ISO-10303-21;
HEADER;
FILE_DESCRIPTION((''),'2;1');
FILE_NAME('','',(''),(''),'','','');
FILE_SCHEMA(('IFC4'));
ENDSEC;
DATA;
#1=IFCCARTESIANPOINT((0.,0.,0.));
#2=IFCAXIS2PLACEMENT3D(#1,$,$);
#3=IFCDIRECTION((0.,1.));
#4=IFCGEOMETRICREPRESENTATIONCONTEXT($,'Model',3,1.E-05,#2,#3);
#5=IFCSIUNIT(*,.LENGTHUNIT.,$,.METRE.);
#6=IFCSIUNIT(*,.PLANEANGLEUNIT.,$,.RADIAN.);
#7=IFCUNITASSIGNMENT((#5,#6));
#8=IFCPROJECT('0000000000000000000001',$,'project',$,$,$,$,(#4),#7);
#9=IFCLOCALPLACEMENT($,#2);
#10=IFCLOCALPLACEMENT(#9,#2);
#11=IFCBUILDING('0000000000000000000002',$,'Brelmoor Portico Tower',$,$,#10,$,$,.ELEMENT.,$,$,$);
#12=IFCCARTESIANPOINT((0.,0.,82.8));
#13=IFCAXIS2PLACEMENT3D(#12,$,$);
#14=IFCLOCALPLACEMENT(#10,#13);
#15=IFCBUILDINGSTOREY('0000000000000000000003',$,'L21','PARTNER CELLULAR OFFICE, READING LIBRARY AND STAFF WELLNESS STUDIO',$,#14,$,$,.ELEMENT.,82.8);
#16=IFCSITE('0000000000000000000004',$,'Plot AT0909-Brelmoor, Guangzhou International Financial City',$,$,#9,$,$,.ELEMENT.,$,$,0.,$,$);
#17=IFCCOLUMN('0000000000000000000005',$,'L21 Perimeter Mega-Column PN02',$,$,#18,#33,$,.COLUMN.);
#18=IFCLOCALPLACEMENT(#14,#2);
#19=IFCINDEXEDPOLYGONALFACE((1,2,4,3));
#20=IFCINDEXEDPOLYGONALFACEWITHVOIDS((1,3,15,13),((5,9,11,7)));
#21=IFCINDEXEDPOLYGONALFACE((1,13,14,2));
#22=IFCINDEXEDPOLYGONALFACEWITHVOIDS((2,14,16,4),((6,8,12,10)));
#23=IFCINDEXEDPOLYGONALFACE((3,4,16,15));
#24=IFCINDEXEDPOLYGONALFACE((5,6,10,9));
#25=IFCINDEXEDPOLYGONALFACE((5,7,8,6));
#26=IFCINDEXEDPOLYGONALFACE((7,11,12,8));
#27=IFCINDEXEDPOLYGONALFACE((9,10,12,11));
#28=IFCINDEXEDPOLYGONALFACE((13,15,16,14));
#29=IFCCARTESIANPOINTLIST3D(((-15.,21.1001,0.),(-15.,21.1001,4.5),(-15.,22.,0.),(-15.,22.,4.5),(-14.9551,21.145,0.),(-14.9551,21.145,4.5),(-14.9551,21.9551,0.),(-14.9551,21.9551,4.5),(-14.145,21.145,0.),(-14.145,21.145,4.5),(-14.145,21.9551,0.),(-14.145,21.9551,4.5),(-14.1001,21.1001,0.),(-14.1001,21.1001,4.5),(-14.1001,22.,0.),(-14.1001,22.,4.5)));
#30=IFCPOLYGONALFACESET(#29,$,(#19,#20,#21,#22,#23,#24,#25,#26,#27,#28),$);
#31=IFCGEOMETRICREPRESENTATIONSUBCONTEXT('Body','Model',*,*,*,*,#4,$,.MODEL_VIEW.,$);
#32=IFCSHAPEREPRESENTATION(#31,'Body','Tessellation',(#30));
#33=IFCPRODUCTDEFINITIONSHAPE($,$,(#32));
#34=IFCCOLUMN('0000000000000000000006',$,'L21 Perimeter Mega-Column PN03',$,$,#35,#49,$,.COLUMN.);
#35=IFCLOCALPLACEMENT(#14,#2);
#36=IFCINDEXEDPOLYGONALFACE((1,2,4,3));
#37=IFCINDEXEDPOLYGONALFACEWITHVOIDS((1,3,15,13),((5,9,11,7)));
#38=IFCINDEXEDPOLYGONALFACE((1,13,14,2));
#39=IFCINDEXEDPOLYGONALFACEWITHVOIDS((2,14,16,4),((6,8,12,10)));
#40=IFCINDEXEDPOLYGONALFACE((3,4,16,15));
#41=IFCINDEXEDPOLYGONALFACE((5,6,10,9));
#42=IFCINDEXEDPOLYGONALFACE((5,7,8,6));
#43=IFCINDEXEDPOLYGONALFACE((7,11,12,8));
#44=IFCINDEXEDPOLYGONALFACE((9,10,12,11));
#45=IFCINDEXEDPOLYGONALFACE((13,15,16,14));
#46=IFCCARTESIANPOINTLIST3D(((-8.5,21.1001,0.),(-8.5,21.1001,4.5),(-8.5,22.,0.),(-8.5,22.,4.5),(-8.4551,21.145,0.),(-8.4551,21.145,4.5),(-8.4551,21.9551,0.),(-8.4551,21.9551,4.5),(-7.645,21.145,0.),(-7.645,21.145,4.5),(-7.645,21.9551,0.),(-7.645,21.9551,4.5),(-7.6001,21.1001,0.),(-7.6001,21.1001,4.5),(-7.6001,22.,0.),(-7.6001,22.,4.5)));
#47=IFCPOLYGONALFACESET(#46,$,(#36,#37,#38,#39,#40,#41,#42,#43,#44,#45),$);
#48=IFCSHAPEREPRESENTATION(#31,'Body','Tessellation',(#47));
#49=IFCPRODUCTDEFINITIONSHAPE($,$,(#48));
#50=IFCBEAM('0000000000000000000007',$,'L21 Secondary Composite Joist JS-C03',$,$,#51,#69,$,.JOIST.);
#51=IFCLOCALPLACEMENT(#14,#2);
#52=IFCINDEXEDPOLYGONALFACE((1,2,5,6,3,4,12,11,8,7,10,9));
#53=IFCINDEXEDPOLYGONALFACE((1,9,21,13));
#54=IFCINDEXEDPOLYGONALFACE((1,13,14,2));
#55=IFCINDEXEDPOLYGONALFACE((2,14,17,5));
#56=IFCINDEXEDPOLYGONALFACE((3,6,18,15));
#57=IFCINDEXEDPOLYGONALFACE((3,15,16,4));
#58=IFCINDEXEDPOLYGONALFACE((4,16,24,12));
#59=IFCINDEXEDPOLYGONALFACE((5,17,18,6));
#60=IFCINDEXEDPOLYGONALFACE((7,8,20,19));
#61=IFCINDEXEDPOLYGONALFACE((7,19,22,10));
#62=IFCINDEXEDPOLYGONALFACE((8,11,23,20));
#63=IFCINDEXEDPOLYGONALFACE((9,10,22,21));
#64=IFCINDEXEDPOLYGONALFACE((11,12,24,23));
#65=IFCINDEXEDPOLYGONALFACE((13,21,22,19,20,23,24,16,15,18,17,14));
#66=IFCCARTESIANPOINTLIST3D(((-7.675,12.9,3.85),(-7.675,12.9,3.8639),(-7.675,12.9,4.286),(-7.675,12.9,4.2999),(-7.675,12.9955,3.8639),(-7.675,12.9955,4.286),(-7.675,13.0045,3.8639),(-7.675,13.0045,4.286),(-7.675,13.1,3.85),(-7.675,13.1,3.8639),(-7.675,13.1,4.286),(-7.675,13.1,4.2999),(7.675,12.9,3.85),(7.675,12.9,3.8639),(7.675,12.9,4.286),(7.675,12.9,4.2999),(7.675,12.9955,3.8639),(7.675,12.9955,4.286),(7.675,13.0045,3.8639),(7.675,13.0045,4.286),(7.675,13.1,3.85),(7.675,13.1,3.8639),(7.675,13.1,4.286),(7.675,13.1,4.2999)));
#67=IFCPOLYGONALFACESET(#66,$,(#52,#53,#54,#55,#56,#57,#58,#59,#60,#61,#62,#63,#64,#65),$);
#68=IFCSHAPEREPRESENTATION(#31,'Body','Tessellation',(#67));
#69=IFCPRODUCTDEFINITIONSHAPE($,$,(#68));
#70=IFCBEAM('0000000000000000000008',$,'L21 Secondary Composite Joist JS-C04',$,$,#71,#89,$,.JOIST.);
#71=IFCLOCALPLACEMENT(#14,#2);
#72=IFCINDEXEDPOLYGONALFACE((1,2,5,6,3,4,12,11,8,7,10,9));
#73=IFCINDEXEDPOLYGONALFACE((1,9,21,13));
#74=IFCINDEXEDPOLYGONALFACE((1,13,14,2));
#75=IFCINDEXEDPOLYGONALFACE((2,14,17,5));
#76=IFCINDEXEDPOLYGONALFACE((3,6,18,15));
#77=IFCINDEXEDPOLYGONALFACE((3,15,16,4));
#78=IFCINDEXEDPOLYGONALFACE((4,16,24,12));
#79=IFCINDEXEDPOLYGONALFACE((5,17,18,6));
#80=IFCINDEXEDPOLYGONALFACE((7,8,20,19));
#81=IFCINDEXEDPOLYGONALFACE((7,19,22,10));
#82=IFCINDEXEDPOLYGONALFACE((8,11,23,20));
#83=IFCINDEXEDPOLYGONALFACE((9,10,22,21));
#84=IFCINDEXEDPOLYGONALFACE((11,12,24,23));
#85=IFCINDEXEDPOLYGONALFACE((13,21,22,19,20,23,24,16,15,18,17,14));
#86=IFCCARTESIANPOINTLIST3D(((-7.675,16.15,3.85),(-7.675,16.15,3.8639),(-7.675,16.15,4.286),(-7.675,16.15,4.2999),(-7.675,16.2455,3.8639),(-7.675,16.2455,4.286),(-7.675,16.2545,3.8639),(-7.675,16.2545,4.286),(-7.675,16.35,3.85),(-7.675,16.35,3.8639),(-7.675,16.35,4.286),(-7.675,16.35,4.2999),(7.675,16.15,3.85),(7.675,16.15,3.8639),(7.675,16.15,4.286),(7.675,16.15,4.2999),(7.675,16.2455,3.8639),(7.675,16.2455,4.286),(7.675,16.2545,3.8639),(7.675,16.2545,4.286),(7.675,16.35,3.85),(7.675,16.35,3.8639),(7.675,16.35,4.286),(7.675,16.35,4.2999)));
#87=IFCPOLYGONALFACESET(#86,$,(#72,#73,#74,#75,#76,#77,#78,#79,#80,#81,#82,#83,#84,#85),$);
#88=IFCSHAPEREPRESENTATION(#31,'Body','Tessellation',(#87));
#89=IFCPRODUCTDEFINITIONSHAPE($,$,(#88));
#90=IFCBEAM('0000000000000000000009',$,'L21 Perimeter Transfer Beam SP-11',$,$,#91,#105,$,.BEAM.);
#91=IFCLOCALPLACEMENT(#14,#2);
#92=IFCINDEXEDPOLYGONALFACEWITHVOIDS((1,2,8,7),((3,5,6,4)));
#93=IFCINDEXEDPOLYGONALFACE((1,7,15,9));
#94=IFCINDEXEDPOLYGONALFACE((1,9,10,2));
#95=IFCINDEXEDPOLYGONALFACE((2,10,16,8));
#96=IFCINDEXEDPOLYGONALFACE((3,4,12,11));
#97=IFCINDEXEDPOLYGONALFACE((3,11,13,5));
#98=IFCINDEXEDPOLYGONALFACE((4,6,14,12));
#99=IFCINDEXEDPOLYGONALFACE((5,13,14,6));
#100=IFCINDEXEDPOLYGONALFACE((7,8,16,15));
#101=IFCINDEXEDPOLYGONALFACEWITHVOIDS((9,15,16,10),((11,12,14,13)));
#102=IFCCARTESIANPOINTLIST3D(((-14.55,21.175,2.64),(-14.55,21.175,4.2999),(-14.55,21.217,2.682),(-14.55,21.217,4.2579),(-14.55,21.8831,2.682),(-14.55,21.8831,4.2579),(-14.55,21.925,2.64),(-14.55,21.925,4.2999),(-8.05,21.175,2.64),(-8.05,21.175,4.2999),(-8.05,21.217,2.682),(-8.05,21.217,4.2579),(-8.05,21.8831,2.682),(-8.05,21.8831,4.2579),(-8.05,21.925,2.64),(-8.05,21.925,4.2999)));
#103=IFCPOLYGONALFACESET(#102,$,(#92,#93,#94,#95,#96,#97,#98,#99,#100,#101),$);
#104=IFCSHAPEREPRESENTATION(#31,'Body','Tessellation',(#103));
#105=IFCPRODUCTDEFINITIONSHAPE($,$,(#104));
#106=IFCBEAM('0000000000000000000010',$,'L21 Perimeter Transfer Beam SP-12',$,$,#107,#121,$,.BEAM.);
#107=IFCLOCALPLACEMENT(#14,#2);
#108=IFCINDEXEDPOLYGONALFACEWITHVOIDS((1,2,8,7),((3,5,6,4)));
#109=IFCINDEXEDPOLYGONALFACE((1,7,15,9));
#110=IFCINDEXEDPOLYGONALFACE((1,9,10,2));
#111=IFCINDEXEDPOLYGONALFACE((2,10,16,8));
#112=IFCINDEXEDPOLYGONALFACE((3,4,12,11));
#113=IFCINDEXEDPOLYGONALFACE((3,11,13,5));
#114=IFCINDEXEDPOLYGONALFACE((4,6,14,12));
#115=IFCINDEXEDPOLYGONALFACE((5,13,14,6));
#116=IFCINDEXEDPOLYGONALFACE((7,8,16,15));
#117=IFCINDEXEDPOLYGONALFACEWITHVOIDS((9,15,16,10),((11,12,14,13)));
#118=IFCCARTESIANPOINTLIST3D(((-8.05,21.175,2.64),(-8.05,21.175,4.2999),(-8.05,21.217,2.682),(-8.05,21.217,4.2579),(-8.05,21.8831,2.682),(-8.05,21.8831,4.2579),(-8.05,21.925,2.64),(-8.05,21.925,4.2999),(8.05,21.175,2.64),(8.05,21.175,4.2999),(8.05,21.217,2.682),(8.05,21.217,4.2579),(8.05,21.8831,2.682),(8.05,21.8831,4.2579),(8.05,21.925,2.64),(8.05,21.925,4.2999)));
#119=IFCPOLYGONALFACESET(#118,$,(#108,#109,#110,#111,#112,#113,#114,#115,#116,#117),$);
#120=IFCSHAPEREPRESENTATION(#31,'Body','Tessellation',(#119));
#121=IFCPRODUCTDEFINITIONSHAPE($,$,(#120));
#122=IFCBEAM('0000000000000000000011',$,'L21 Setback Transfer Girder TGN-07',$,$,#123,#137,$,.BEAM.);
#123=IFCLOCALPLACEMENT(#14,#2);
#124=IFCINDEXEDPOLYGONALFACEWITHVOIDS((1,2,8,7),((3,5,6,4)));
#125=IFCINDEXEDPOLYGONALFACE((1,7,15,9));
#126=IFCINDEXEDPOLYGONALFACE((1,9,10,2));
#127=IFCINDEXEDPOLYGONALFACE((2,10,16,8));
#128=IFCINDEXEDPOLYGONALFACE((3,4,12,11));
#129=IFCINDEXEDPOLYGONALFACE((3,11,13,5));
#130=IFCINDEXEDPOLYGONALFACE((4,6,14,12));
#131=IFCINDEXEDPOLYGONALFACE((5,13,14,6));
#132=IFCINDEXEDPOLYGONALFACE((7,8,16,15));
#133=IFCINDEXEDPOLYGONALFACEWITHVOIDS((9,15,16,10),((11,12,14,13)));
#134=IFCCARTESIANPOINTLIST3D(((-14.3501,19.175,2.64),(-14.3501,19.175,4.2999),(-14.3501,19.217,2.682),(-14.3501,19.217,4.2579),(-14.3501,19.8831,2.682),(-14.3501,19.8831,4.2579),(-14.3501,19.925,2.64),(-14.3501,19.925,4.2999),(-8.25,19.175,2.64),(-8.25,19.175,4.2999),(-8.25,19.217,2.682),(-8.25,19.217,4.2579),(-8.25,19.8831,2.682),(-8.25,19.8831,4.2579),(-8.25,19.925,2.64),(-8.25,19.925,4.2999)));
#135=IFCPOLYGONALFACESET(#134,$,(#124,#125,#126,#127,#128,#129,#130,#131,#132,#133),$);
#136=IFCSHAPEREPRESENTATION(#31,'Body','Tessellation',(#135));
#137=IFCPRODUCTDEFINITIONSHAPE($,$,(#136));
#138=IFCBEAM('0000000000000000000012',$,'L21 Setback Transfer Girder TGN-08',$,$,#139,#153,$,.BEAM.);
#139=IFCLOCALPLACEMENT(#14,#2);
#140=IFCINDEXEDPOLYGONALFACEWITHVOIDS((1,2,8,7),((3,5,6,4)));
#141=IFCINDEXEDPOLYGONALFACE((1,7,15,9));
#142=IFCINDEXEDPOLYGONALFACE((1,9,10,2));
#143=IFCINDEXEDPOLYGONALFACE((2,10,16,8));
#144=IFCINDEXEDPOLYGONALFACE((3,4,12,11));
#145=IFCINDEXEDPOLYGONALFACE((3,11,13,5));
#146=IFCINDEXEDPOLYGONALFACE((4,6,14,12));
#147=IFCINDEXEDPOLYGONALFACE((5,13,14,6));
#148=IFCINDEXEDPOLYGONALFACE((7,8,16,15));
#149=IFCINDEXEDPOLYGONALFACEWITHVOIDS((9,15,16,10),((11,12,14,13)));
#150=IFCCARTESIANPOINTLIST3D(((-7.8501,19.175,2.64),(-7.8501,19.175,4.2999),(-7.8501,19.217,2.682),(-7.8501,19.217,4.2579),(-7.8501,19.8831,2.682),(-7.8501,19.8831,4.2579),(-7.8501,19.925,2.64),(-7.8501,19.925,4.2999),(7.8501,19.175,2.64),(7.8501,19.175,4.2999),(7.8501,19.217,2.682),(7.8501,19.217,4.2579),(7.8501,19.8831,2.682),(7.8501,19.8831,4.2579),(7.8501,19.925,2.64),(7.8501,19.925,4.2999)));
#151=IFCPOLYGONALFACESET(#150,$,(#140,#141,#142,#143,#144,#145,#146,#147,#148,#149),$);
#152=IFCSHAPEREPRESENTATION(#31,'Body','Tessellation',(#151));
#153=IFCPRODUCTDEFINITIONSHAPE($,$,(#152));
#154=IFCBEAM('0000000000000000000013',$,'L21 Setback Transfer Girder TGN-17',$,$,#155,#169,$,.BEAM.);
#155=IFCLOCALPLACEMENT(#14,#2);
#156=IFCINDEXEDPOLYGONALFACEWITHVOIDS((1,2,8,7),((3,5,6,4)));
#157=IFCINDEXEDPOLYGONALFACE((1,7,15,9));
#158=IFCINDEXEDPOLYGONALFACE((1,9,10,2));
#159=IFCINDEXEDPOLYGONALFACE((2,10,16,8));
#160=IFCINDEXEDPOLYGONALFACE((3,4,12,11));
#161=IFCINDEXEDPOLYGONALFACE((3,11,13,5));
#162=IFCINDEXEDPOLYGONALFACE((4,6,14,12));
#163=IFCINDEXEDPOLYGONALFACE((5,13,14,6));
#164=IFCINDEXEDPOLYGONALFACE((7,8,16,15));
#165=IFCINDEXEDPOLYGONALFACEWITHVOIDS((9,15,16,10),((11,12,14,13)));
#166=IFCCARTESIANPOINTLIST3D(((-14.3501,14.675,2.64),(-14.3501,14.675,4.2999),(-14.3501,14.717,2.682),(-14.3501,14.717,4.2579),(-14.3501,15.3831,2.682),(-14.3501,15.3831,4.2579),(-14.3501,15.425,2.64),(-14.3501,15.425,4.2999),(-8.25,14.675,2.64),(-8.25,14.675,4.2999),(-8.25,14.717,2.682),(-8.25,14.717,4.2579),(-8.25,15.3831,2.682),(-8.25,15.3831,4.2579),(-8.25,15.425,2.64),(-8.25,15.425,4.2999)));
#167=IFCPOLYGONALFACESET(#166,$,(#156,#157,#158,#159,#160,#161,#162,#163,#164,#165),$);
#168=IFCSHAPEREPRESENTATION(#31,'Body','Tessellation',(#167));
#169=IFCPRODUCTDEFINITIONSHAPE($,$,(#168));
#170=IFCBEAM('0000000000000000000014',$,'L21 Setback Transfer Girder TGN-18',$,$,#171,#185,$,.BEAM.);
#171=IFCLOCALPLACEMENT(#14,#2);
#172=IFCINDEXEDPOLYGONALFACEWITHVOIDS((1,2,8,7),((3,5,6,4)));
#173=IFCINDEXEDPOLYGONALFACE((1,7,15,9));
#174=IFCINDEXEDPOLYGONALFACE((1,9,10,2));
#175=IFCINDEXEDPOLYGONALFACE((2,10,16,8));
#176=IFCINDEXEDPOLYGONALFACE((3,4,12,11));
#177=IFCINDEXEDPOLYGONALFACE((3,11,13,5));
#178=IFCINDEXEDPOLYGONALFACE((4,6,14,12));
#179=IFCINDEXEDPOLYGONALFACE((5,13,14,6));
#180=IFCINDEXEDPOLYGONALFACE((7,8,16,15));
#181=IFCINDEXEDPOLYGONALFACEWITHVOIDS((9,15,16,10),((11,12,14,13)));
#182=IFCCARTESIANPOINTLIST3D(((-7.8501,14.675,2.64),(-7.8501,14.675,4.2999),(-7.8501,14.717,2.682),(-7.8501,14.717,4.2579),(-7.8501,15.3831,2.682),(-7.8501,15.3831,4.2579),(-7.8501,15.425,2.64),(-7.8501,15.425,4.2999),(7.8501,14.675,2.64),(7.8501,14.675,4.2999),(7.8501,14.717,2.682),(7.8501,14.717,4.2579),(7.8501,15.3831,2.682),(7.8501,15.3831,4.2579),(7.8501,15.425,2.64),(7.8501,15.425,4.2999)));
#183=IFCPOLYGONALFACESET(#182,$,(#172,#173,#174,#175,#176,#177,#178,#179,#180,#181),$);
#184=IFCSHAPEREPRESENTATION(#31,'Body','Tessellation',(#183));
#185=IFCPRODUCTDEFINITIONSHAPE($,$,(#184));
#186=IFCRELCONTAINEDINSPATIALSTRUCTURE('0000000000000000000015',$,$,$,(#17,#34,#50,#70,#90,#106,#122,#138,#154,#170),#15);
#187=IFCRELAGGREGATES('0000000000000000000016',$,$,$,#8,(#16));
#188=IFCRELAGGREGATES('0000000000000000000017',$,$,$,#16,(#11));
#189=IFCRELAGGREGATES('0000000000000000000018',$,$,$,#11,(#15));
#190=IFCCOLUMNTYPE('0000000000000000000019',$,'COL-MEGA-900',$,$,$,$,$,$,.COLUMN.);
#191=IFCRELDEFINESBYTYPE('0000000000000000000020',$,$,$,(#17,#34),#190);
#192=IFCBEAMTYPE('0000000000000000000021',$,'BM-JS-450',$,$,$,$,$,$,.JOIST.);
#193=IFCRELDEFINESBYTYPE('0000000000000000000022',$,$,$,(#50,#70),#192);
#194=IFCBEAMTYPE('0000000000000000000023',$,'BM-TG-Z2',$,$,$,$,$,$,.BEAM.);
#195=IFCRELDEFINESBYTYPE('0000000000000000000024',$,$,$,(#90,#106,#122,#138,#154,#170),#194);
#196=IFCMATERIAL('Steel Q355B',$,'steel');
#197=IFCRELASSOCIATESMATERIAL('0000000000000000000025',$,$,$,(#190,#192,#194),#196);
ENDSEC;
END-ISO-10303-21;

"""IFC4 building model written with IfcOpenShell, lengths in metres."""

from ifc_helpers import new_model, si_unit, direction, frame, origin, origin_2d, place, context, subcontext, project, spatial, hollow_rectangle, i_section, extrude, material, material_profile, profile_set, type_object, element, save


model = new_model("IFC4")

# Units and contexts
model_context = context("Model", 3, precision=1e-05, world=origin(), true_north=direction((0.0, 1.0)))
body_context = subcontext(model_context, "Body", "Model", "MODEL_VIEW")
ifc_project = project(units=[si_unit("LENGTHUNIT", "METRE"), si_unit("PLANEANGLEUNIT", "RADIAN")], contexts=[model_context])

# Site, building, storey
site_placement = place(None, origin())
site = spatial("IfcSite", under=ifc_project, at=site_placement, Name="Plot AT0909-Brelmoor, Guangzhou International Financial City", CompositionType="ELEMENT", RefElevation=0.0)
building_placement = place(site_placement, origin())
building = spatial("IfcBuilding", under=site, at=building_placement, Name="Brelmoor Portico Tower", CompositionType="ELEMENT")
storey_placement = place(building_placement, frame((0.0, 0.0, 82.8)))
storey = spatial("IfcBuildingStorey", under=building, at=storey_placement, Name="L21", Description="PARTNER CELLULAR OFFICE, READING LIBRARY AND STAFF WELLNESS STUDIO", CompositionType="ELEMENT", Elevation=82.8)

# Columns
ifc_material_1 = material(Name="Steel Q355B", Category="steel")
ifc_material_profile_1 = material_profile(ifc_material_1, hollow_rectangle(XDim=0.8999, YDim=0.8999, WallThickness=0.0449, at=origin_2d()), Name="BOX 900x900x45")
ifc_profile_set_1 = profile_set([ifc_material_profile_1], Name="Steel Q355B")
column_type = type_object("IfcColumnType", Name="COL-MEGA-900", PredefinedType="COLUMN", material=ifc_profile_set_1)
for number, where, z_axis, x_axis, name in (
    (1, (-14.55, 21.55, 0.0), (0.0, 0.0, 1.0), (1.0, 0.0, 0.0), "L21 Perimeter Mega-Column PN02"),
    (2, (-8.05, 21.55, 0.0), (0.0, 0.0, 1.0), (1.0, 0.0, 0.0), "L21 Perimeter Mega-Column PN03"),
):
    element("IfcColumn", number, at=place(storey_placement, frame(where, z_axis=z_axis, x_axis=x_axis)), inside=storey, type_object=column_type, Name=name, PredefinedType="COLUMN", context=body_context, shape_type="SweptSolid", body=[
        extrude(hollow_rectangle(XDim=0.8999, YDim=0.8999, WallThickness=0.0449, at=origin_2d()), origin(), (0.0, 0.0, 1.0), 4.5),
    ])

# Beams
ifc_material_profile_2 = material_profile(ifc_material_1, i_section(OverallWidth=0.2, OverallDepth=0.45, WebThickness=0.009, FlangeThickness=0.0139, at=origin_2d()), Name="HN 450x200x9x14")
ifc_profile_set_2 = profile_set([ifc_material_profile_2], Name="Steel Q355B")
beam_type_1 = type_object("IfcBeamType", Name="BM-JS-450", PredefinedType="JOIST", material=ifc_profile_set_2)
for number, where, z_axis, x_axis, name in (
    (3, (-7.675, 13.0, 4.075), (1.0, 0.0, 0.0), (0.0, 1.0, 0.0), "L21 Secondary Composite Joist JS-C03"),
    (4, (-7.675, 16.25, 4.075), (1.0, 0.0, 0.0), (0.0, 1.0, 0.0), "L21 Secondary Composite Joist JS-C04"),
):
    element("IfcBeam", number, at=place(storey_placement, frame(where, z_axis=z_axis, x_axis=x_axis)), inside=storey, type_object=beam_type_1, Name=name, PredefinedType="JOIST", context=body_context, shape_type="SweptSolid", body=[
        extrude(i_section(OverallWidth=0.2, OverallDepth=0.45, WebThickness=0.009, FlangeThickness=0.0139, at=origin_2d()), origin(), (0.0, 0.0, 1.0), 15.3501),
    ])
ifc_material_profile_3 = material_profile(ifc_material_1, hollow_rectangle(XDim=0.75, YDim=1.6599, WallThickness=0.042, at=origin_2d()), Name="BOX 750x1660x42")
ifc_profile_set_3 = profile_set([ifc_material_profile_3], Name="Steel Q355B")
beam_type_2 = type_object("IfcBeamType", Name="BM-TG-Z2", PredefinedType="BEAM", material=ifc_profile_set_3)
beam_1_placement = place(storey_placement, frame((-14.55, 21.55, 3.47), z_axis=(1.0, 0.0, 0.0), x_axis=(0.0, 1.0, 0.0)))
element("IfcBeam", 5, at=beam_1_placement, inside=storey, type_object=beam_type_2, Name="L21 Perimeter Transfer Beam SP-11", PredefinedType="BEAM", context=body_context, shape_type="SweptSolid", body=[
    extrude(hollow_rectangle(XDim=0.75, YDim=1.6599, WallThickness=0.042, at=origin_2d()), origin(), (0.0, 0.0, 1.0), 6.5),
])
beam_2_placement = place(storey_placement, frame((-8.05, 21.55, 3.47), z_axis=(1.0, 0.0, 0.0), x_axis=(0.0, 1.0, 0.0)))
element("IfcBeam", 6, at=beam_2_placement, inside=storey, type_object=beam_type_2, Name="L21 Perimeter Transfer Beam SP-12", PredefinedType="BEAM", context=body_context, shape_type="SweptSolid", body=[
    extrude(hollow_rectangle(XDim=0.75, YDim=1.6599, WallThickness=0.042, at=origin_2d()), origin(), (0.0, 0.0, 1.0), 16.1001),
])
beam_3_placement = place(storey_placement, frame((-14.3501, 19.55, 3.47), z_axis=(1.0, 0.0, 0.0), x_axis=(0.0, 1.0, 0.0)))
element("IfcBeam", 7, at=beam_3_placement, inside=storey, type_object=beam_type_2, Name="L21 Setback Transfer Girder TGN-07", PredefinedType="BEAM", context=body_context, shape_type="SweptSolid", body=[
    extrude(hollow_rectangle(XDim=0.75, YDim=1.6599, WallThickness=0.042, at=origin_2d()), origin(), (0.0, 0.0, 1.0), 6.1001),
])
beam_4_placement = place(storey_placement, frame((-7.8501, 19.55, 3.47), z_axis=(1.0, 0.0, 0.0), x_axis=(0.0, 1.0, 0.0)))
element("IfcBeam", 8, at=beam_4_placement, inside=storey, type_object=beam_type_2, Name="L21 Setback Transfer Girder TGN-08", PredefinedType="BEAM", context=body_context, shape_type="SweptSolid", body=[
    extrude(hollow_rectangle(XDim=0.75, YDim=1.6599, WallThickness=0.042, at=origin_2d()), origin(), (0.0, 0.0, 1.0), 15.7002),
])
beam_5_placement = place(storey_placement, frame((-14.3501, 15.05, 3.47), z_axis=(1.0, 0.0, 0.0), x_axis=(0.0, 1.0, 0.0)))
element("IfcBeam", 9, at=beam_5_placement, inside=storey, type_object=beam_type_2, Name="L21 Setback Transfer Girder TGN-17", PredefinedType="BEAM", context=body_context, shape_type="SweptSolid", body=[
    extrude(hollow_rectangle(XDim=0.75, YDim=1.6599, WallThickness=0.042, at=origin_2d()), origin(), (0.0, 0.0, 1.0), 6.1001),
])
beam_6_placement = place(storey_placement, frame((-7.8501, 15.05, 3.47), z_axis=(1.0, 0.0, 0.0), x_axis=(0.0, 1.0, 0.0)))
element("IfcBeam", 10, at=beam_6_placement, inside=storey, type_object=beam_type_2, Name="L21 Setback Transfer Girder TGN-18", PredefinedType="BEAM", context=body_context, shape_type="SweptSolid", body=[
    extrude(hollow_rectangle(XDim=0.75, YDim=1.6599, WallThickness=0.042, at=origin_2d()), origin(), (0.0, 0.0, 1.0), 15.7002),
])

save(model, "model.ifc")
